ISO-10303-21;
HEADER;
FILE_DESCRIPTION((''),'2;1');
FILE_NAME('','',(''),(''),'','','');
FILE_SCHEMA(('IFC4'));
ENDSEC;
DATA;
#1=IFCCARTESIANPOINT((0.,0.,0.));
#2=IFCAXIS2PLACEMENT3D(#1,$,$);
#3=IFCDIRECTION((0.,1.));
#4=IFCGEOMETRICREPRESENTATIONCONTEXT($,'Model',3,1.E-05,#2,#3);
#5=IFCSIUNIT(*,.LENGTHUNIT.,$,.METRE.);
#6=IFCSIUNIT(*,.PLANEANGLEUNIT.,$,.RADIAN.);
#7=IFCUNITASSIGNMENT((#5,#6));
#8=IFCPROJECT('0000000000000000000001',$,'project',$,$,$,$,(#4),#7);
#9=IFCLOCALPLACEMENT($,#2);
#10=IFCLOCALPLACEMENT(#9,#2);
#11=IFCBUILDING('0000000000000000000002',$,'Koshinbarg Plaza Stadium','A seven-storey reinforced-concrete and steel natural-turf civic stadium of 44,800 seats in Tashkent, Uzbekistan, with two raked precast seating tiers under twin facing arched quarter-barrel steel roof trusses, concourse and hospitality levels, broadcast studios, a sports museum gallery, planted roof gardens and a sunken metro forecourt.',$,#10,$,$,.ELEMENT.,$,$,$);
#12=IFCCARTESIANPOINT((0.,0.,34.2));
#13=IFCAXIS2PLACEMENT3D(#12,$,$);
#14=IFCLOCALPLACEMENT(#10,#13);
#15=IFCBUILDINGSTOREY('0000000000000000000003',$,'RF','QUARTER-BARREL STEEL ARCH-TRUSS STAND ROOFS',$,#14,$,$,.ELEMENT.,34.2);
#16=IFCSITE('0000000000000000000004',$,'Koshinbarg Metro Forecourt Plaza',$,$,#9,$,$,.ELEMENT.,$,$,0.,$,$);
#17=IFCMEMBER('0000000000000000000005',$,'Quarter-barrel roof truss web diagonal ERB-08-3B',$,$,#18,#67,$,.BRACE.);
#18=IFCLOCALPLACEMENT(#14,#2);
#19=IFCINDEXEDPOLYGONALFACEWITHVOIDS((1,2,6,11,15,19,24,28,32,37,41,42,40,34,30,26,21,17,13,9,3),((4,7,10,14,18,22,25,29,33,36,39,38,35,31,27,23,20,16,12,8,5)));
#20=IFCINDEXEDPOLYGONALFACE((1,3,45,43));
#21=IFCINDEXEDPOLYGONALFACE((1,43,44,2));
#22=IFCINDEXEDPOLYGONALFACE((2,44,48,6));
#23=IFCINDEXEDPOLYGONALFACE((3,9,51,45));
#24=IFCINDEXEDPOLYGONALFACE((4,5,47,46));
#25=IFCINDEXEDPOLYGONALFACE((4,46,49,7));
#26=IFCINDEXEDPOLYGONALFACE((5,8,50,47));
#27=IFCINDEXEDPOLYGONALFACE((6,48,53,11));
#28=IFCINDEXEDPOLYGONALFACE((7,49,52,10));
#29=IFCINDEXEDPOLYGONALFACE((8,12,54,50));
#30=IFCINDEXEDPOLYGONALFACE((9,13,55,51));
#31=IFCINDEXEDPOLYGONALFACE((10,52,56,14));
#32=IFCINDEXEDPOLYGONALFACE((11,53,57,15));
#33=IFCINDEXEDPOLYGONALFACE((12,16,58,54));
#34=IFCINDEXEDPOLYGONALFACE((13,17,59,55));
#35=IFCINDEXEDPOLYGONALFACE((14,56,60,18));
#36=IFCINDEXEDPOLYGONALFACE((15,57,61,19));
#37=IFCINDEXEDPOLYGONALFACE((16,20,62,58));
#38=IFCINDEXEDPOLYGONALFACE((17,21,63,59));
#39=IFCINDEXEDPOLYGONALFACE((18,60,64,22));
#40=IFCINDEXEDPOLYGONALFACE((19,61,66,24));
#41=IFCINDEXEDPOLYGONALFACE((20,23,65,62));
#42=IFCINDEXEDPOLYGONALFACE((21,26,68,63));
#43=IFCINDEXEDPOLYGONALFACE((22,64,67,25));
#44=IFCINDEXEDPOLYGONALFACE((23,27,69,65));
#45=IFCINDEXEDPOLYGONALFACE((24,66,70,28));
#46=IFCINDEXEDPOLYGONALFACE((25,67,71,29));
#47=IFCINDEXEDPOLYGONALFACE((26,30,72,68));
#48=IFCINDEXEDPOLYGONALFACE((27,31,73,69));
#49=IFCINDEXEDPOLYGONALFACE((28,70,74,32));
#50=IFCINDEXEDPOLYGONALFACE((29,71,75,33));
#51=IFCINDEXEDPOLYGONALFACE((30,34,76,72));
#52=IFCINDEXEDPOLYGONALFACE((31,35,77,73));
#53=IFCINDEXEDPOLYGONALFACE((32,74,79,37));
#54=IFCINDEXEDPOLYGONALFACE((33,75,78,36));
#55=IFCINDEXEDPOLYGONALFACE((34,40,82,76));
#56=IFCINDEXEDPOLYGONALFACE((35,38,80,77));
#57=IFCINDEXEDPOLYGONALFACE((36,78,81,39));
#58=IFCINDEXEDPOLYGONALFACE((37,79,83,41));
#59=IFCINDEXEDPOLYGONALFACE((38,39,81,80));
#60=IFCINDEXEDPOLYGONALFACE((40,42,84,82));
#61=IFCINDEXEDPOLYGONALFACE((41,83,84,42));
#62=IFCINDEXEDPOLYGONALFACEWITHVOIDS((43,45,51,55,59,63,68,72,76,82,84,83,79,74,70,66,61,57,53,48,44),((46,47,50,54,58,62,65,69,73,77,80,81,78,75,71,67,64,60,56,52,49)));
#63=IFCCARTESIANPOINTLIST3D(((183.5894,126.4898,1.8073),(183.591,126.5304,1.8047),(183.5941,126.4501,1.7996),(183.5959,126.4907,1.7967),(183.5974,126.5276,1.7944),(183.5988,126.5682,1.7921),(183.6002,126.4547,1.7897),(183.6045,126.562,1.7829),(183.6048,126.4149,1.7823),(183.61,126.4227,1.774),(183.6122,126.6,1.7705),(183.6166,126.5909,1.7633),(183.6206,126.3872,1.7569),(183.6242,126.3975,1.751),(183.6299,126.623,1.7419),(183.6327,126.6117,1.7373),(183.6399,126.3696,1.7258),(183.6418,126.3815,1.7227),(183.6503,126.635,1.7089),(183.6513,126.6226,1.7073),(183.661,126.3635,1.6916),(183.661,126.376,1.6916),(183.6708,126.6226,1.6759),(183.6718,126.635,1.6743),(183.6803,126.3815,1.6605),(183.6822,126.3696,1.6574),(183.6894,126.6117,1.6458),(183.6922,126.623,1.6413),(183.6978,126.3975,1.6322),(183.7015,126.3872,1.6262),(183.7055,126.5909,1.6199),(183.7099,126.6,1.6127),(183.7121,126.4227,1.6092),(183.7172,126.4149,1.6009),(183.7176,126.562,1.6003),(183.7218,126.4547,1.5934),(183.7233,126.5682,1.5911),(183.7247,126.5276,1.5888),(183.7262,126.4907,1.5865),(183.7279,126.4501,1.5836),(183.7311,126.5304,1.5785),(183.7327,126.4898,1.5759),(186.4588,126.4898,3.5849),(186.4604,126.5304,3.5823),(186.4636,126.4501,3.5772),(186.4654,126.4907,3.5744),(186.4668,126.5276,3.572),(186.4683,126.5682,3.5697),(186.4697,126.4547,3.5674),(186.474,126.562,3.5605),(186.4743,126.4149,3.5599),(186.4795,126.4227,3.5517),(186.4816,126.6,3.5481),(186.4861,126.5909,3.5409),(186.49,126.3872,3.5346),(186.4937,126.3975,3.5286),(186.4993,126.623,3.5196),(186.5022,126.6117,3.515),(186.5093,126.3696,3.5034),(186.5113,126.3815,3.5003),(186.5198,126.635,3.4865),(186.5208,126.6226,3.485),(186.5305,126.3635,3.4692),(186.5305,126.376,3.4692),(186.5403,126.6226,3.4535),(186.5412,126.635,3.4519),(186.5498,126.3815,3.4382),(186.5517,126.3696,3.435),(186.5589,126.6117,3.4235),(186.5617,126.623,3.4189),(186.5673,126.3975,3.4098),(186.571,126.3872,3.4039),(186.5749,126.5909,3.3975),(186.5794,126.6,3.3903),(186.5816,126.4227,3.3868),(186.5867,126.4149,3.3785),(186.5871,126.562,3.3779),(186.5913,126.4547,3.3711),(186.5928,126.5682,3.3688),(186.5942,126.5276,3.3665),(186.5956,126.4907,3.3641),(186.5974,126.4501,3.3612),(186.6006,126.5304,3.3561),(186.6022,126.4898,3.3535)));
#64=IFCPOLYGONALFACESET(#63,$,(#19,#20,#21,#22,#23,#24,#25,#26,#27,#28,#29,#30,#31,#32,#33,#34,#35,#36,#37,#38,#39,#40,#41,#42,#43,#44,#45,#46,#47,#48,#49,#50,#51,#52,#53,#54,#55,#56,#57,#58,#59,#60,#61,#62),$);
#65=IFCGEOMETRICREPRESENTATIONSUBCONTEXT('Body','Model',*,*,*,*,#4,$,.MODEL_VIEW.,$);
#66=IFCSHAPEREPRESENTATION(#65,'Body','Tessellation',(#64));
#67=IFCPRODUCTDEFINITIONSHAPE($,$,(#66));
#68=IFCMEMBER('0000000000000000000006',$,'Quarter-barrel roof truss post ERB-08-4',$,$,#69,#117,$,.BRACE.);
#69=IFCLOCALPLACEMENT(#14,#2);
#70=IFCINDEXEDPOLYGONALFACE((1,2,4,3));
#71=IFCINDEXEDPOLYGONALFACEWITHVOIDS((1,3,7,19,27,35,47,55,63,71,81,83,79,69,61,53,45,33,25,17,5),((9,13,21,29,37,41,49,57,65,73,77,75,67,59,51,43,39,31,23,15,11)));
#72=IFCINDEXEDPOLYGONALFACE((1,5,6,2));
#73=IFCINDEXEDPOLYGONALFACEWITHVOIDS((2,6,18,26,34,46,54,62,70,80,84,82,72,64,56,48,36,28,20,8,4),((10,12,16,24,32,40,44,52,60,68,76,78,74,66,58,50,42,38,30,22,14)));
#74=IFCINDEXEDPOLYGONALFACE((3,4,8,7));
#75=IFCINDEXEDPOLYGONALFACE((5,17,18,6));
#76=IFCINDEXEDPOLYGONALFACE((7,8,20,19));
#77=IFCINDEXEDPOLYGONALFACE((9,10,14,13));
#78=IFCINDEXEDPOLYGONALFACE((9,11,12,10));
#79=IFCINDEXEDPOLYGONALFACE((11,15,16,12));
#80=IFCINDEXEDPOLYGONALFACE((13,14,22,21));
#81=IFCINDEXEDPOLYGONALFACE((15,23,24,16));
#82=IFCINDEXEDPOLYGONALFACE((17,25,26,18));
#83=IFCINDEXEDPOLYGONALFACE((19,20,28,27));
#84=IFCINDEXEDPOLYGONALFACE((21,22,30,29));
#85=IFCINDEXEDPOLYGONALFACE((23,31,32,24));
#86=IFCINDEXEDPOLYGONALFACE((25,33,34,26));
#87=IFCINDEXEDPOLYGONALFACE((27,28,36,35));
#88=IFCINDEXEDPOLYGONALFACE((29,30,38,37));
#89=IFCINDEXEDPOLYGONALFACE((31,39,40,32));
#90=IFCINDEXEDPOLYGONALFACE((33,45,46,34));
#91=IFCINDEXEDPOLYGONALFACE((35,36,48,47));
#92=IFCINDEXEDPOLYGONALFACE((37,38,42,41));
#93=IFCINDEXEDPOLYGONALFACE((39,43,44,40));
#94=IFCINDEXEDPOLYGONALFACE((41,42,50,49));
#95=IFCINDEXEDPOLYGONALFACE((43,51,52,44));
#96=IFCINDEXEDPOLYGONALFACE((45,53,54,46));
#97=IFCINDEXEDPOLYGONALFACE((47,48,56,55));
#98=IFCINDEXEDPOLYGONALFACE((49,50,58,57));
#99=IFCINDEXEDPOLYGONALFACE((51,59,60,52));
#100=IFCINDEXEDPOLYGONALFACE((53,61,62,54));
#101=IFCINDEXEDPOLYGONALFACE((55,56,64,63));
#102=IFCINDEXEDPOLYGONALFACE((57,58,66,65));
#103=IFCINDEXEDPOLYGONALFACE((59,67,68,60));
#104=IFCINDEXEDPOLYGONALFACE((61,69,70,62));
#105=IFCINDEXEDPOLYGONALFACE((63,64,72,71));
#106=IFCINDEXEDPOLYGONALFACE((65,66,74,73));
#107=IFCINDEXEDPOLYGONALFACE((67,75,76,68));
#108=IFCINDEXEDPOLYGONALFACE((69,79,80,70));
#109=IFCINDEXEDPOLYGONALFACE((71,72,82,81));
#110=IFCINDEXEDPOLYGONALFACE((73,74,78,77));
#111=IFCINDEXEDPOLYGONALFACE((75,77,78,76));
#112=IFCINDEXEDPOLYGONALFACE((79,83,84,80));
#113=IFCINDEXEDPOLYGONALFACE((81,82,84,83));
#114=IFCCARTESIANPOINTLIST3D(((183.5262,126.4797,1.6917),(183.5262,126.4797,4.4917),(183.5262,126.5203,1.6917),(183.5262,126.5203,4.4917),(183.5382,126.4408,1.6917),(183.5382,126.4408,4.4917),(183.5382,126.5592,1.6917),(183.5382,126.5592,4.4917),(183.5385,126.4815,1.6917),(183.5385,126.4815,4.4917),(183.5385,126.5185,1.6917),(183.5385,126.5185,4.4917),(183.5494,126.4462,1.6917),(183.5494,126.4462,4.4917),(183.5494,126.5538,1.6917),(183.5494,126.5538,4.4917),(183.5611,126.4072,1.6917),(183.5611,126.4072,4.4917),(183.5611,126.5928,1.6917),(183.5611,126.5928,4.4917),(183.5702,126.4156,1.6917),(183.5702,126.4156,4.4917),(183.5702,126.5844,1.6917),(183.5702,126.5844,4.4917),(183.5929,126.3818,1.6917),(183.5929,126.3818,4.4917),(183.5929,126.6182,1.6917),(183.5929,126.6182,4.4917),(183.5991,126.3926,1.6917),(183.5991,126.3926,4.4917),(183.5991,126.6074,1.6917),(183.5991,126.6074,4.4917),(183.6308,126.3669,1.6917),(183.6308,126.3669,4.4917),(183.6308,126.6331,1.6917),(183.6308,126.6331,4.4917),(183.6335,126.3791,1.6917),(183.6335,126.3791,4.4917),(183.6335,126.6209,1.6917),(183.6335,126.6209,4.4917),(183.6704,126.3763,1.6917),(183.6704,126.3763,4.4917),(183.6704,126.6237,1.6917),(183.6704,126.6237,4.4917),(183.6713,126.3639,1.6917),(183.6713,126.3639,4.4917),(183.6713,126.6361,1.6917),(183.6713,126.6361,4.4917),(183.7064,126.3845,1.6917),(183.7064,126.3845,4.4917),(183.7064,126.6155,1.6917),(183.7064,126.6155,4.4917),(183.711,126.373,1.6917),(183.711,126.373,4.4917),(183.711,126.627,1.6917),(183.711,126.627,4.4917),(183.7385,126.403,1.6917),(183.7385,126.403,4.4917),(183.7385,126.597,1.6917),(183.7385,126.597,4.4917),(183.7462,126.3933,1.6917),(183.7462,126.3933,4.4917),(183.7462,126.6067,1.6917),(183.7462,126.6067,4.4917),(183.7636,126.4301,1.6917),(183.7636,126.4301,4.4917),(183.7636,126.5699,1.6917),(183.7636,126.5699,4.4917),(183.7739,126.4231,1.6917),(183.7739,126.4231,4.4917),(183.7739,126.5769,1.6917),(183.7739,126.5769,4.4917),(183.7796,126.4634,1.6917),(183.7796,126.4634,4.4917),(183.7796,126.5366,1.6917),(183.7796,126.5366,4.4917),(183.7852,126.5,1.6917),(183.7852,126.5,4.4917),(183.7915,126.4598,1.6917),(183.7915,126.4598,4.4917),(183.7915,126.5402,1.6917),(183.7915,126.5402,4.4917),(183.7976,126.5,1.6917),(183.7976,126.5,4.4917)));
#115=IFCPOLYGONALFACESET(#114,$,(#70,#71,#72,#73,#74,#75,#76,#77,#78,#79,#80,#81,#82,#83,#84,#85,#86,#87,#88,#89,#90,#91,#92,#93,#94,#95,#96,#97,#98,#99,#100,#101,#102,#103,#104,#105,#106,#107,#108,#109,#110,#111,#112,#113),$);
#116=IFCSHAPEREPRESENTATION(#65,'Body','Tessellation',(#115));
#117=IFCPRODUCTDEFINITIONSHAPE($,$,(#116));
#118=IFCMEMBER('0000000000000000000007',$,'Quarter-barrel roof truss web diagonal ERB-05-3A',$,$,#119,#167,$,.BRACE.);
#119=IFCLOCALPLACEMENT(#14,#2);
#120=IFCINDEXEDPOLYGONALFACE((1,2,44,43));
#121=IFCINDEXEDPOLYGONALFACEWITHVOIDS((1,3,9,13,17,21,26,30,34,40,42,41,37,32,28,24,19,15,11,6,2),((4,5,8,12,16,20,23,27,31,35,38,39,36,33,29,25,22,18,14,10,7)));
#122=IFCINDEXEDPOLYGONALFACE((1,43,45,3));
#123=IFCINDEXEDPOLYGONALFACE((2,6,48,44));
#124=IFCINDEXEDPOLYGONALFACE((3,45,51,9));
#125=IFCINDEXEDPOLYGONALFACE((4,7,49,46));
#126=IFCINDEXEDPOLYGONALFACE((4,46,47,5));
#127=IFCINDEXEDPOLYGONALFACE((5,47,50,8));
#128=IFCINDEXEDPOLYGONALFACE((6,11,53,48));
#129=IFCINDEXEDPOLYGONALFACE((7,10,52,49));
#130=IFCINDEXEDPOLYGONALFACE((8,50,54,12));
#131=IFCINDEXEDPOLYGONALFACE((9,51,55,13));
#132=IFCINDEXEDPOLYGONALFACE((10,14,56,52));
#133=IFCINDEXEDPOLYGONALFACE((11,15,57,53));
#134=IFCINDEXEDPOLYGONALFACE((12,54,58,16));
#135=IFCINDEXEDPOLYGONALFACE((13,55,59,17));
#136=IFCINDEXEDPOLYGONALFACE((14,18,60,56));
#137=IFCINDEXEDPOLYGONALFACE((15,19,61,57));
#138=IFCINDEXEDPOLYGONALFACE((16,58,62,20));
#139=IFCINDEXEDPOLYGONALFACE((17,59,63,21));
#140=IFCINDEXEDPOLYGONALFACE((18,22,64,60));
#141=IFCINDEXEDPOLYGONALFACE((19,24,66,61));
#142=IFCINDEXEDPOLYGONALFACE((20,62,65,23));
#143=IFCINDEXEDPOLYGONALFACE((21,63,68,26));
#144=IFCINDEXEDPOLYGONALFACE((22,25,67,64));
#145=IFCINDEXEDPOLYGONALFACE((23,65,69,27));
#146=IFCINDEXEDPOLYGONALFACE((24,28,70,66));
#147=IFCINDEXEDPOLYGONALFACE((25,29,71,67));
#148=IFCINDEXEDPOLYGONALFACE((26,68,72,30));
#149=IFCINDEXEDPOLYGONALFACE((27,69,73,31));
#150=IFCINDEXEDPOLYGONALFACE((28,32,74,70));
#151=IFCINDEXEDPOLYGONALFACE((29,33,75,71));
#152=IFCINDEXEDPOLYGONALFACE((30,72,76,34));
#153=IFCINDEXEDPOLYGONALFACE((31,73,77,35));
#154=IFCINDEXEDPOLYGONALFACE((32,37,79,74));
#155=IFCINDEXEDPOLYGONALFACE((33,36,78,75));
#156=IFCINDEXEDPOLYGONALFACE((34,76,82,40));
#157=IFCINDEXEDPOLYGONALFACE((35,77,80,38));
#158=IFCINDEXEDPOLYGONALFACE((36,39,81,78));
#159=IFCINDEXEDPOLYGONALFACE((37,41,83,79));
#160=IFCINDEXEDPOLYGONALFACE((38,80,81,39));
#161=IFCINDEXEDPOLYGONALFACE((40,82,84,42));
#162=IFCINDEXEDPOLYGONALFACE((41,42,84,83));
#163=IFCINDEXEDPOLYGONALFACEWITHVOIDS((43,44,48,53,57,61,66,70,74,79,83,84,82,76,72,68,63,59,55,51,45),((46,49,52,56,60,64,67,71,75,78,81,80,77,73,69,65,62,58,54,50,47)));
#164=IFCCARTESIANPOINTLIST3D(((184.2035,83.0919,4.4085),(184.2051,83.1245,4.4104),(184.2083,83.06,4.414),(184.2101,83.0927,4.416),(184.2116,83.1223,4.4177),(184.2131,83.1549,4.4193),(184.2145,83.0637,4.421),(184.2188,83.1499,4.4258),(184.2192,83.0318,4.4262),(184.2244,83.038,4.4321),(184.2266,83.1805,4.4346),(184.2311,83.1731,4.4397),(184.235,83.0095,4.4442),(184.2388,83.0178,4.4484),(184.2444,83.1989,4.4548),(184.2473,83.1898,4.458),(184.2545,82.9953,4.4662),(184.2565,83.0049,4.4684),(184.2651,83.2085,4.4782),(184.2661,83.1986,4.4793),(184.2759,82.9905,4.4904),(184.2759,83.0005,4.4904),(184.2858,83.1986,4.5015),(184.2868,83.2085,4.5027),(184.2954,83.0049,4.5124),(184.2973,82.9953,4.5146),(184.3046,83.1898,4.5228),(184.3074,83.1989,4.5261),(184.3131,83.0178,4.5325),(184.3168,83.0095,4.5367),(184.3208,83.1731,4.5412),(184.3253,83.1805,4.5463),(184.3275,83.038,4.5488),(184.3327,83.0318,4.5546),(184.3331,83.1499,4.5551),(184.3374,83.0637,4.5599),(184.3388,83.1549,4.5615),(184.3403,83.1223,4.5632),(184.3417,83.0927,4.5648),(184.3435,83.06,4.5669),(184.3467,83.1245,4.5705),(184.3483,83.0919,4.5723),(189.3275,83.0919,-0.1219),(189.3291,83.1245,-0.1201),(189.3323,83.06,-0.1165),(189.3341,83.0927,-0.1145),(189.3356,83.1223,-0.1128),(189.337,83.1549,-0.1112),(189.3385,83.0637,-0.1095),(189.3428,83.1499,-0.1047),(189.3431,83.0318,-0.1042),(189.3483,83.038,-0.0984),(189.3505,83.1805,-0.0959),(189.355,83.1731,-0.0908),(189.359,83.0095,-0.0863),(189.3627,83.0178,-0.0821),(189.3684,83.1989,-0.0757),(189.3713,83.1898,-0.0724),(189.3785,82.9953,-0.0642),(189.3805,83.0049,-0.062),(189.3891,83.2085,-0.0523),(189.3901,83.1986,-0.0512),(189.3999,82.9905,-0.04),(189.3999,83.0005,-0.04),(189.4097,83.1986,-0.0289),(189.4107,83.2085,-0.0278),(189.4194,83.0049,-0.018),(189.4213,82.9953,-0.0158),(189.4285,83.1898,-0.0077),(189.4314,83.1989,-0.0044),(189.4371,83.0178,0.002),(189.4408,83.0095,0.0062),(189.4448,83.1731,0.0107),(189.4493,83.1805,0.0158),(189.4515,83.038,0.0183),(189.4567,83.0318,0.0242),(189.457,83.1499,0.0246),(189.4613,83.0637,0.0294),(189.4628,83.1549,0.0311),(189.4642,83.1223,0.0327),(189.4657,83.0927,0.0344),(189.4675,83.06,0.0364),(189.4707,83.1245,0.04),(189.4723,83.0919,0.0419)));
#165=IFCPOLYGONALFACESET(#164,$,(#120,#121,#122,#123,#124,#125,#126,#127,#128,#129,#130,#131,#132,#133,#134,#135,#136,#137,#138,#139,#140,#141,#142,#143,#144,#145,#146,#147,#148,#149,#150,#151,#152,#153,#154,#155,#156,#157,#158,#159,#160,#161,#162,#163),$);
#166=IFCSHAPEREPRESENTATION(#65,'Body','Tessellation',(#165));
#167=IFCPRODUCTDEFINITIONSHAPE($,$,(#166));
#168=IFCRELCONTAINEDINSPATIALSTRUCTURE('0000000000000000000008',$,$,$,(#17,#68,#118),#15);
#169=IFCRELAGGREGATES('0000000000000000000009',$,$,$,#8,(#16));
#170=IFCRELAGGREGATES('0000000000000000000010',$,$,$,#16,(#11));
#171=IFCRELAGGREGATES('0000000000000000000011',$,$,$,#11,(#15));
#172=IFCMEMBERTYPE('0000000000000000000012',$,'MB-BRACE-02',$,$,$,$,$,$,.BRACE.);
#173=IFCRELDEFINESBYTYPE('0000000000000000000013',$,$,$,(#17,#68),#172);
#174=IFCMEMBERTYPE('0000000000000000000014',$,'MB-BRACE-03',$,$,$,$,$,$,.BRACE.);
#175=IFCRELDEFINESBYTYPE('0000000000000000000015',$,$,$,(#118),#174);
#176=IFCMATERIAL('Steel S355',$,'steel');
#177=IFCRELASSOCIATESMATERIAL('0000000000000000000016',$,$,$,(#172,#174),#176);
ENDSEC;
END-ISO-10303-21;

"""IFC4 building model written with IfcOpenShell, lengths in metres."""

from ifc_helpers import new_model, si_unit, direction, frame, origin, origin_2d, place, context, subcontext, project, spatial, hollow_circle, extrude, material, material_profile, profile_set, type_object, element, save


model = new_model("IFC4")

# Units and contexts
model_context = context("Model", 3, precision=1e-05, world=origin(), true_north=direction((0.0, 1.0)))
body_context = subcontext(model_context, "Body", "Model", "MODEL_VIEW")
ifc_project = project(units=[si_unit("LENGTHUNIT", "METRE"), si_unit("PLANEANGLEUNIT", "RADIAN")], contexts=[model_context])

# Site, building, storey
site_placement = place(None, origin())
site = spatial("IfcSite", under=ifc_project, at=site_placement, Name="Koshinbarg Metro Forecourt Plaza", CompositionType="ELEMENT", RefElevation=0.0)
building_placement = place(site_placement, origin())
building = spatial("IfcBuilding", under=site, at=building_placement, Name="Koshinbarg Plaza Stadium", Description="A seven-storey reinforced-concrete and steel natural-turf civic stadium of 44,800 seats in Tashkent, Uzbekistan, with two raked precast seating tiers under twin facing arched quarter-barrel steel roof trusses, concourse and hospitality levels, broadcast studios, a sports museum gallery, planted roof gardens and a sunken metro forecourt.", CompositionType="ELEMENT")
storey_placement = place(building_placement, frame((0.0, 0.0, 34.2)))
storey = spatial("IfcBuildingStorey", under=building, at=storey_placement, Name="RF", Description="QUARTER-BARREL STEEL ARCH-TRUSS STAND ROOFS", CompositionType="ELEMENT", Elevation=34.2)

# Members
ifc_material_1 = material(Name="Steel S355", Category="steel")
ifc_material_profile_1 = material_profile(ifc_material_1, hollow_circle(Radius=0.1365, WallThickness=0.0125, at=origin_2d()), Name="CHS 273x12.5")
ifc_profile_set_1 = profile_set([ifc_material_profile_1], Name="Steel S355")
member_type_1 = type_object("IfcMemberType", Name="MB-BRACE-02", PredefinedType="BRACE", material=ifc_profile_set_1)
member_1_placement = place(storey_placement, frame((186.5305, 126.5, 3.4692), z_axis=(-0.850092, 0.0, -0.526633), x_axis=(0.0, -1.0, 0.0)))
element("IfcMember", 1, at=member_1_placement, inside=storey, type_object=member_type_1, Name="Quarter-barrel roof truss web diagonal ERB-08-3B", PredefinedType="BRACE", context=body_context, shape_type="SweptSolid", body=[
    extrude(hollow_circle(Radius=0.1365, WallThickness=0.0125, at=origin_2d()), origin(), (0.0, 0.0, 1.0), 3.3755),
])
member_2_placement = place(storey_placement, frame((183.6611, 126.5, 1.6917), z_axis=(0.0, 0.0, 1.0), x_axis=(1.0, 0.0, 0.0)))
element("IfcMember", 2, at=member_2_placement, inside=storey, type_object=member_type_1, Name="Quarter-barrel roof truss post ERB-08-4", PredefinedType="BRACE", context=body_context, shape_type="SweptSolid", body=[
    extrude(hollow_circle(Radius=0.1365, WallThickness=0.0125, at=origin_2d()), origin(), (0.0, 0.0, 1.0), 2.8),
])
ifc_material_profile_2 = material_profile(ifc_material_1, hollow_circle(Radius=0.1096, WallThickness=0.01, at=origin_2d()), Name="CHS 219.1x10")
ifc_profile_set_2 = profile_set([ifc_material_profile_2], Name="Steel S355")
member_type_2 = type_object("IfcMemberType", Name="MB-BRACE-03", PredefinedType="BRACE", material=ifc_profile_set_2)
member_3_placement = place(storey_placement, frame((189.3999, 83.1001, -0.04), z_axis=(-0.749161, 0.0, 0.662387), x_axis=(0.0, -1.0, 0.0)))
element("IfcMember", 3, at=member_3_placement, inside=storey, type_object=member_type_2, Name="Quarter-barrel roof truss web diagonal ERB-05-3A", PredefinedType="BRACE", context=body_context, shape_type="SweptSolid", body=[
    extrude(hollow_circle(Radius=0.1096, WallThickness=0.01, at=origin_2d()), origin(), (0.0, 0.0, 1.0), 6.8396),
])

save(model, "model.ifc")
